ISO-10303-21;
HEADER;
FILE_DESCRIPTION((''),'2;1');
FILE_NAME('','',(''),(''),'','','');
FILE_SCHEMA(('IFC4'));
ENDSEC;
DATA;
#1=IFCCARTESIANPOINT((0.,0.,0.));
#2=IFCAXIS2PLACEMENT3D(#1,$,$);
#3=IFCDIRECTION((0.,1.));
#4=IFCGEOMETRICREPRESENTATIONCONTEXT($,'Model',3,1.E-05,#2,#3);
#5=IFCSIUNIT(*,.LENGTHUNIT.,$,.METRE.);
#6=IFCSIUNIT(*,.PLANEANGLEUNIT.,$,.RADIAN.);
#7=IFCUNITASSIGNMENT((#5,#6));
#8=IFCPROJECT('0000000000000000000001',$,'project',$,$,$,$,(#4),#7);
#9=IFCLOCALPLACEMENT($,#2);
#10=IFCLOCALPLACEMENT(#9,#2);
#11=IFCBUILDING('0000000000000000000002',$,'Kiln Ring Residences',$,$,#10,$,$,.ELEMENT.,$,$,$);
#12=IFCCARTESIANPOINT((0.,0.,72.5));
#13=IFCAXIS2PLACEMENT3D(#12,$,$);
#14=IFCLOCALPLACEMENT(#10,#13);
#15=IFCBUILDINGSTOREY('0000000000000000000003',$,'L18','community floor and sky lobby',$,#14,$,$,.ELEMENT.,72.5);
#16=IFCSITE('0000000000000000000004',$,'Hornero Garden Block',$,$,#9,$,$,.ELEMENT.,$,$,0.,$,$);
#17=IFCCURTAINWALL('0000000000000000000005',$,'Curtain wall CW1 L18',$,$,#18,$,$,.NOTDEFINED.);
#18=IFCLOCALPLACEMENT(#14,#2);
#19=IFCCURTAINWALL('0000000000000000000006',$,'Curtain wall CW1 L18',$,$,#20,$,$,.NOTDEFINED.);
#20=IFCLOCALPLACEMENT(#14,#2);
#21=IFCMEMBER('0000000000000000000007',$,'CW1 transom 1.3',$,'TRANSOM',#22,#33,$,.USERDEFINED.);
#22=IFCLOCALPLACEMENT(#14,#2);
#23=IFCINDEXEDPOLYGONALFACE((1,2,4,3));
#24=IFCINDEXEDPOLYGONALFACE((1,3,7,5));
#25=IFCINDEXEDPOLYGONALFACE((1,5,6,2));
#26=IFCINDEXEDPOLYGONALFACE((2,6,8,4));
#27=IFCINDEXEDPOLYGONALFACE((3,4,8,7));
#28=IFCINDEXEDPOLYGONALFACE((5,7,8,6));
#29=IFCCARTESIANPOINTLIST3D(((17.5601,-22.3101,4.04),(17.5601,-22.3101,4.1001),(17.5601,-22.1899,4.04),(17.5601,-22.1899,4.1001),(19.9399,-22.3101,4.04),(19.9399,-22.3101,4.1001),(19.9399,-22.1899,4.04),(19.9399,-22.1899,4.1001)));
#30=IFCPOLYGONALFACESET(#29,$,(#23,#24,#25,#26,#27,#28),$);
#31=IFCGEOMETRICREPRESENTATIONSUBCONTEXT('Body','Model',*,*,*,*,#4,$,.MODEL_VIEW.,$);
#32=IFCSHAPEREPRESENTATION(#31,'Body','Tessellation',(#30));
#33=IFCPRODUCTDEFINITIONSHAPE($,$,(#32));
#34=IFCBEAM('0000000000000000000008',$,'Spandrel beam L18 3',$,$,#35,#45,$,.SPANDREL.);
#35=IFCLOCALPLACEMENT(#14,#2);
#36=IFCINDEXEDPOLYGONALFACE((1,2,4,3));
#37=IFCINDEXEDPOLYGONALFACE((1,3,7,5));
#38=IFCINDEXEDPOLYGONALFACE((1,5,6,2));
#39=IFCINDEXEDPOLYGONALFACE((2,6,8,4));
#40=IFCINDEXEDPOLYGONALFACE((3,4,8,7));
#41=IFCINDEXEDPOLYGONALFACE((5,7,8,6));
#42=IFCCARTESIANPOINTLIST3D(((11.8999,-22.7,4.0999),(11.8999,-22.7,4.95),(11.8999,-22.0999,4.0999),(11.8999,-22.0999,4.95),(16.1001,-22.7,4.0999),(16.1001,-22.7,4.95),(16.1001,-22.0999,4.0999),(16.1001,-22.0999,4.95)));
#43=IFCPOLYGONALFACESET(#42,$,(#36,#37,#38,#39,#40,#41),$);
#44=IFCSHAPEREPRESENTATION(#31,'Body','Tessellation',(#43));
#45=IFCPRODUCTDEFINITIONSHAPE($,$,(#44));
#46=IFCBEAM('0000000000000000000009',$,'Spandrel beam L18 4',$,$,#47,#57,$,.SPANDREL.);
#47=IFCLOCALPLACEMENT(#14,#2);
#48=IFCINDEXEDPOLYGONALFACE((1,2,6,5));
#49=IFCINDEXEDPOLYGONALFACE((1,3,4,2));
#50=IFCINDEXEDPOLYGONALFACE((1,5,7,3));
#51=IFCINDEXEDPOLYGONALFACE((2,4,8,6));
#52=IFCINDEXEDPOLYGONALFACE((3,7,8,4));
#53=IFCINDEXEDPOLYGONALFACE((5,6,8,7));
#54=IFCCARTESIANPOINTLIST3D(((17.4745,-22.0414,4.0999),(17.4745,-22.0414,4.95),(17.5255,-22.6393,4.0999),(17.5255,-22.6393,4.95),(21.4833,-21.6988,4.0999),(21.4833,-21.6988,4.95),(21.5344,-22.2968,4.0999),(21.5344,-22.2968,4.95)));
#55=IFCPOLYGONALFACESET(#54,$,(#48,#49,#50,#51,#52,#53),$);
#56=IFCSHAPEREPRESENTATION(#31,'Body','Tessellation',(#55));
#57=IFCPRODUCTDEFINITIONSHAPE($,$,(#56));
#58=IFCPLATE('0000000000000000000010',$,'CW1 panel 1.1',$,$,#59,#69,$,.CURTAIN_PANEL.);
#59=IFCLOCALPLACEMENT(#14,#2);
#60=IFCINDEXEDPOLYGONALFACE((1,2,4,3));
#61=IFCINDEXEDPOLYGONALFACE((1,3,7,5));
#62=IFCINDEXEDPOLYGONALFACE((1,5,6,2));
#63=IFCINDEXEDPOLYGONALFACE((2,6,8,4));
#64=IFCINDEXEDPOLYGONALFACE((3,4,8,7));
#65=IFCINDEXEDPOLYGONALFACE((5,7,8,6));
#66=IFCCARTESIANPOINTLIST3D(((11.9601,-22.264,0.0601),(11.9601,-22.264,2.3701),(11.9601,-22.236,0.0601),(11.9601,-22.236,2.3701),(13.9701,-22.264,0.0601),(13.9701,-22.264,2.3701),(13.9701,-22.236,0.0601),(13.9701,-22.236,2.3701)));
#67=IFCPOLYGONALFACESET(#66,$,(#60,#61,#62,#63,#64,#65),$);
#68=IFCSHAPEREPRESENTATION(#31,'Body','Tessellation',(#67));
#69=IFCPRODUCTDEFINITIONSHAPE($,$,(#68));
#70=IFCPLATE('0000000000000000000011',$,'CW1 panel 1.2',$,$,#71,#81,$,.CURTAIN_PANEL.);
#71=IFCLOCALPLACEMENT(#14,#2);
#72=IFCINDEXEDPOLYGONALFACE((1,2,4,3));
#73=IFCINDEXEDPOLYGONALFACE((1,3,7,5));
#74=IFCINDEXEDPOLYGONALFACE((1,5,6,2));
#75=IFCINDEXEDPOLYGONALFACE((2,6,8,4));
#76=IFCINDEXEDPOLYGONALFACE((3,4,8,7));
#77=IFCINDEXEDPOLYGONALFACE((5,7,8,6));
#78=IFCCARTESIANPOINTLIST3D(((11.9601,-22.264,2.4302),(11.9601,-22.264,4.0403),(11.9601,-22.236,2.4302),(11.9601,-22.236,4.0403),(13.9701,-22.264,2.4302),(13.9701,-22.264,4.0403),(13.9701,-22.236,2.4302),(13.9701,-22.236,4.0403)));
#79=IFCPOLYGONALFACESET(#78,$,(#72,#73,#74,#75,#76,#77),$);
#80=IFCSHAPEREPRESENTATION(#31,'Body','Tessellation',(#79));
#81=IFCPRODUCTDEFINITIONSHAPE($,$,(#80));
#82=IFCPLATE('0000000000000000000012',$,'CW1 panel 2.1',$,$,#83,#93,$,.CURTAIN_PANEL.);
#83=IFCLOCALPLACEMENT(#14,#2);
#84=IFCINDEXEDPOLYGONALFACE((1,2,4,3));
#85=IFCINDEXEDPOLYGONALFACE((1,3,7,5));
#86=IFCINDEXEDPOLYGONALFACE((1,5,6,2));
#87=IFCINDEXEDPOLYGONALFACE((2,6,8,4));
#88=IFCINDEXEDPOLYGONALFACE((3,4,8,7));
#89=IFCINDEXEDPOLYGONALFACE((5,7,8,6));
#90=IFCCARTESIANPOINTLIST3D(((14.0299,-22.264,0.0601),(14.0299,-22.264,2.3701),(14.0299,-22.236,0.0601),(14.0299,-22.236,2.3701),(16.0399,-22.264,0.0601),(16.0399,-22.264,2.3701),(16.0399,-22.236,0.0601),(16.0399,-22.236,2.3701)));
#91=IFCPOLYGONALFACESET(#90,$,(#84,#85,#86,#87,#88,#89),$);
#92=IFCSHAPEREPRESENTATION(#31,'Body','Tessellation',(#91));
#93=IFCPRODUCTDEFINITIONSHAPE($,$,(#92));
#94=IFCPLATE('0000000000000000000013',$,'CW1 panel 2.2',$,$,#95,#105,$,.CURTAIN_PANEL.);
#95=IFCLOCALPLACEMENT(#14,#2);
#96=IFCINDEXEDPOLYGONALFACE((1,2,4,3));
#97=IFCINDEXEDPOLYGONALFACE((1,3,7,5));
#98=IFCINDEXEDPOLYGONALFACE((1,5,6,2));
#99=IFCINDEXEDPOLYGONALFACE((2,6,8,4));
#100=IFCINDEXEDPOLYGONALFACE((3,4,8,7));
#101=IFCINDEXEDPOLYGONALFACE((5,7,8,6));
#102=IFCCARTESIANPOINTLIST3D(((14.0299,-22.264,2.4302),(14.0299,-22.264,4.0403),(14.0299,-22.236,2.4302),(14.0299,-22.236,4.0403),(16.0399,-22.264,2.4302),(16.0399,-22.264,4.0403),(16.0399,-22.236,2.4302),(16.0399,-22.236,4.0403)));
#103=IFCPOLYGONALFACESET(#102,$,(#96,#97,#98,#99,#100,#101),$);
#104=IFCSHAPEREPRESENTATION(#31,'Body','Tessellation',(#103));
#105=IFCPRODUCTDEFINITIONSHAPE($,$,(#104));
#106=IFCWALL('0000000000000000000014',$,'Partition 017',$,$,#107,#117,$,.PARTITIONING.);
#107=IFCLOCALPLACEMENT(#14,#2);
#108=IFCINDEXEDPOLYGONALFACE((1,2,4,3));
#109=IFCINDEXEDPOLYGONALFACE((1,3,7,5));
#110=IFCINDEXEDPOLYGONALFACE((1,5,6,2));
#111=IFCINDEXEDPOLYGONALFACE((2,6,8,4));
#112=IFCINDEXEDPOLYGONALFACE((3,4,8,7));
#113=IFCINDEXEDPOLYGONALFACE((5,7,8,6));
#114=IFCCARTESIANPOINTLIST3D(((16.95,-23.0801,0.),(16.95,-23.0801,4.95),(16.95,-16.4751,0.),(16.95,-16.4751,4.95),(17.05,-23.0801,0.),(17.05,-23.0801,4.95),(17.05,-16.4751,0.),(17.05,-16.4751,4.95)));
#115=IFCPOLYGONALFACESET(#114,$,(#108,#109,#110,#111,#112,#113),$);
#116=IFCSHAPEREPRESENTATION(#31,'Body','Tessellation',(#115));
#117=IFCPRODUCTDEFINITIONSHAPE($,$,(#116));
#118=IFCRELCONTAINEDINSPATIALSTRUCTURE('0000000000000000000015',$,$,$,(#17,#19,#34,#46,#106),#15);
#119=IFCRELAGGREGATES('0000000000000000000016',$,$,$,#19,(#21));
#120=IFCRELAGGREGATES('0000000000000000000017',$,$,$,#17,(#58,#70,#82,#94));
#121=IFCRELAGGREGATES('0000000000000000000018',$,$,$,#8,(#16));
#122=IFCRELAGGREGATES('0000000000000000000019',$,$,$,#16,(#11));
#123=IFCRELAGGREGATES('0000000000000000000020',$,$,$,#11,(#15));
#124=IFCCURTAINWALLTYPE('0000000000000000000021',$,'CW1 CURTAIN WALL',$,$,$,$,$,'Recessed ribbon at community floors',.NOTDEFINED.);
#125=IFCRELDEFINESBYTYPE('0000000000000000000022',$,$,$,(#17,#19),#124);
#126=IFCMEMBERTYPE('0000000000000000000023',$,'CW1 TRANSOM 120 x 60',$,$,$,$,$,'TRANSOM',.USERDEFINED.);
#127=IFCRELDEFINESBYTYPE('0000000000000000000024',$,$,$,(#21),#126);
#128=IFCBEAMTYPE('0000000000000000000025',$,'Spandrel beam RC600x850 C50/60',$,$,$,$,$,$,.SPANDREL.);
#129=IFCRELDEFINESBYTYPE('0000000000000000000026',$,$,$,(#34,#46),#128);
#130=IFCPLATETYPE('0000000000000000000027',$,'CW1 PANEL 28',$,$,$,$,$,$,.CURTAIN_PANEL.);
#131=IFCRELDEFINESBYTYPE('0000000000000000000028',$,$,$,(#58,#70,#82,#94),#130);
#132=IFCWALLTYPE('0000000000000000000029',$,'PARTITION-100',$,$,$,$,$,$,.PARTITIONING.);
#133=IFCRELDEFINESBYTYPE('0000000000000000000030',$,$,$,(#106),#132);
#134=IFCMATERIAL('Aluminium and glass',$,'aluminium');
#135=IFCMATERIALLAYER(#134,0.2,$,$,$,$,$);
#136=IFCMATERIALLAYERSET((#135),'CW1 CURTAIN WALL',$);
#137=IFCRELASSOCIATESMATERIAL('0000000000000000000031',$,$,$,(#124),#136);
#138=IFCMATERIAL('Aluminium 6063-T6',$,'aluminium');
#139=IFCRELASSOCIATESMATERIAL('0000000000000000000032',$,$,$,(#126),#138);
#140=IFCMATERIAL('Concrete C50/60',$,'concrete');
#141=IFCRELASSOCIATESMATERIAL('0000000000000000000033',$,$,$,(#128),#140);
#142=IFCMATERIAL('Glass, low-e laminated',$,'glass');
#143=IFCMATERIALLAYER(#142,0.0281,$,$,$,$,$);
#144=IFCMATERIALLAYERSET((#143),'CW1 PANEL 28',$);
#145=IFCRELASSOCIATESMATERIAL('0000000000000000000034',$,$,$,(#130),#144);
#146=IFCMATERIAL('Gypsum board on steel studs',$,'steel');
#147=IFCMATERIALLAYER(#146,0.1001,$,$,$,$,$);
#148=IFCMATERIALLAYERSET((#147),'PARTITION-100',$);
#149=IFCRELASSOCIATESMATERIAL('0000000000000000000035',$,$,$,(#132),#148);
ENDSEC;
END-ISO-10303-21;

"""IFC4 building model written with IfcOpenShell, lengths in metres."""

from ifc_helpers import new_model, si_unit, direction, frame, frame_2d, origin, origin_2d, place, context, subcontext, project, spatial, rectangle, extrude, material, layer, layer_set, material_profile, profile_set, type_object, element, aggregate, save


model = new_model("IFC4")

# Units and contexts
model_context = context("Model", 3, precision=1e-05, world=origin(), true_north=direction((0.0, 1.0)))
body_context = subcontext(model_context, "Body", "Model", "MODEL_VIEW")
ifc_project = project(units=[si_unit("LENGTHUNIT", "METRE"), si_unit("PLANEANGLEUNIT", "RADIAN")], contexts=[model_context])

# Site, building, storey
site_placement = place(None, origin())
site = spatial("IfcSite", under=ifc_project, at=site_placement, Name="Hornero Garden Block", CompositionType="ELEMENT", RefElevation=0.0)
building_placement = place(site_placement, origin())
building = spatial("IfcBuilding", under=site, at=building_placement, Name="Kiln Ring Residences", CompositionType="ELEMENT")
storey_placement = place(building_placement, frame((0.0, 0.0, 72.5)))
storey = spatial("IfcBuildingStorey", under=building, at=storey_placement, Name="L18", Description="community floor and sky lobby", CompositionType="ELEMENT", Elevation=72.5)

# Curtain wall
ifc_material_1 = material(Name="Aluminium and glass", Category="aluminium")
ifc_layer_1 = layer(ifc_material_1, 0.2)
ifc_layer_set_1 = layer_set([ifc_layer_1], Name="CW1 CURTAIN WALL")
curtain_wall_type = type_object("IfcCurtainWallType", Name="CW1 CURTAIN WALL", ElementType="Recessed ribbon at community floors", PredefinedType="NOTDEFINED", material=ifc_layer_set_1)
placement = place(storey_placement, origin())
curtain_wall_1 = element("IfcCurtainWall", 1, at=placement, inside=storey, type_object=curtain_wall_type, Name="Curtain wall CW1 L18", PredefinedType="NOTDEFINED")

# Curtain wall
curtain_wall_2 = element("IfcCurtainWall", 2, at=placement, inside=storey, type_object=curtain_wall_type, Name="Curtain wall CW1 L18", PredefinedType="NOTDEFINED")

# Member
ifc_material_2 = material(Name="Aluminium 6063-T6", Category="aluminium")
ifc_material_profile_1 = material_profile(ifc_material_2, rectangle(XDim=0.1201, YDim=0.0601, at=origin_2d()), Name="AL 120x60")
ifc_profile_set_1 = profile_set([ifc_material_profile_1], Name="Aluminium 6063-T6")
member_type_1 = type_object("IfcMemberType", Name="CW1 TRANSOM 120 x 60", ElementType="TRANSOM", PredefinedType="USERDEFINED", material=ifc_profile_set_1)
member_1_placement = place(storey_placement, frame((17.5601, -22.25, 4.0701), z_axis=(1.0, 0.0, 0.0), x_axis=(0.0, 1.0, 0.0)))
member_1 = element("IfcMember", 3, at=member_1_placement, type_object=member_type_1, Name="CW1 transom 1.3", ObjectType="TRANSOM", PredefinedType="USERDEFINED", context=body_context, shape_type="SweptSolid", body=[
    extrude(rectangle(XDim=0.1201, YDim=0.0601, at=origin_2d()), origin(), (0.0, 0.0, 1.0), 2.3799),
])
aggregate(curtain_wall_2, [member_1])

# Beams
ifc_material_3 = material(Name="Concrete C50/60", Category="concrete")
ifc_material_profile_2 = material_profile(ifc_material_3, rectangle(XDim=0.6001, YDim=0.8501, at=origin_2d()), Name="RC600x850")
ifc_profile_set_2 = profile_set([ifc_material_profile_2], Name="Concrete C50/60")
beam_type = type_object("IfcBeamType", Name="Spandrel beam RC600x850 C50/60", PredefinedType="SPANDREL", material=ifc_profile_set_2)
beam_1_placement = place(storey_placement, frame((11.8999, -22.3999, 4.5249), z_axis=(1.0, 0.0, 0.0), x_axis=(0.0, 1.0, 0.0)))
element("IfcBeam", 4, at=beam_1_placement, inside=storey, type_object=beam_type, Name="Spandrel beam L18 3", PredefinedType="SPANDREL", context=body_context, shape_type="SweptSolid", body=[
    extrude(rectangle(XDim=0.6001, YDim=0.8501, at=origin_2d()), origin(), (0.0, 0.0, 1.0), 4.2002),
])
beam_2_placement = place(storey_placement, frame((17.5, -22.3403, 4.5249), z_axis=(0.996369, 0.085134, 0.0), x_axis=(-0.085134, 0.996369, 0.0)))
element("IfcBeam", 5, at=beam_2_placement, inside=storey, type_object=beam_type, Name="Spandrel beam L18 4", PredefinedType="SPANDREL", context=body_context, shape_type="SweptSolid", body=[
    extrude(rectangle(XDim=0.6001, YDim=0.8501, at=origin_2d()), origin(), (0.0, 0.0, 1.0), 4.0234),
])

# Plates
ifc_material_4 = material(Name="Glass, low-e laminated", Category="glass")
ifc_layer_2 = layer(ifc_material_4, 0.0281)
ifc_layer_set_2 = layer_set([ifc_layer_2], Name="CW1 PANEL 28")
plate_type = type_object("IfcPlateType", Name="CW1 PANEL 28", PredefinedType="CURTAIN_PANEL", material=ifc_layer_set_2)
plate_1_placement = place(storey_placement, frame((12.9651, -22.25, 0.0601), z_axis=(0.0, 0.0, 1.0), x_axis=(1.0, 0.0, 0.0)))
plate_1 = element("IfcPlate", 6, at=plate_1_placement, type_object=plate_type, Name="CW1 panel 1.1", PredefinedType="CURTAIN_PANEL", context=body_context, shape_type="SweptSolid", body=[
    extrude(rectangle(XDim=2.01, YDim=0.0281, at=origin_2d()), origin(), (0.0, 0.0, 1.0), 2.3101),
])
plate_2_placement = place(storey_placement, frame((12.9651, -22.25, 2.4302), z_axis=(0.0, 0.0, 1.0), x_axis=(1.0, 0.0, 0.0)))
plate_2 = element("IfcPlate", 7, at=plate_2_placement, type_object=plate_type, Name="CW1 panel 1.2", PredefinedType="CURTAIN_PANEL", context=body_context, shape_type="SweptSolid", body=[
    extrude(rectangle(XDim=2.01, YDim=0.0281, at=origin_2d()), origin(), (0.0, 0.0, 1.0), 1.6101),
])
plate_3_placement = place(storey_placement, frame((15.0349, -22.25, 0.0601), z_axis=(0.0, 0.0, 1.0), x_axis=(1.0, 0.0, 0.0)))
plate_3 = element("IfcPlate", 8, at=plate_3_placement, type_object=plate_type, Name="CW1 panel 2.1", PredefinedType="CURTAIN_PANEL", context=body_context, shape_type="SweptSolid", body=[
    extrude(rectangle(XDim=2.01, YDim=0.0281, at=origin_2d()), origin(), (0.0, 0.0, 1.0), 2.3101),
])
plate_4_placement = place(storey_placement, frame((15.0349, -22.25, 2.4302), z_axis=(0.0, 0.0, 1.0), x_axis=(1.0, 0.0, 0.0)))
plate_4 = element("IfcPlate", 9, at=plate_4_placement, type_object=plate_type, Name="CW1 panel 2.2", PredefinedType="CURTAIN_PANEL", context=body_context, shape_type="SweptSolid", body=[
    extrude(rectangle(XDim=2.01, YDim=0.0281, at=origin_2d()), origin(), (0.0, 0.0, 1.0), 1.6101),
])
aggregate(curtain_wall_1, [plate_1, plate_2, plate_3, plate_4])

# Wall
ifc_material_5 = material(Name="Gypsum board on steel studs", Category="steel")
ifc_layer_3 = layer(ifc_material_5, 0.1001)
ifc_layer_set_3 = layer_set([ifc_layer_3], Name="PARTITION-100")
wall_type = type_object("IfcWallType", Name="PARTITION-100", PredefinedType="PARTITIONING", material=ifc_layer_set_3)
wall_placement = place(storey_placement, frame((17.0, -23.0801, 0.0), z_axis=(0.0, 0.0, 1.0), x_axis=(0.0, 1.0, 0.0)))
element("IfcWall", 10, at=wall_placement, inside=storey, type_object=wall_type, Name="Partition 017", PredefinedType="PARTITIONING", context=body_context, shape_type="SweptSolid", body=[
    extrude(rectangle(XDim=6.605, YDim=0.1001, at=frame_2d((3.3025, 0.0))), origin(), (0.0, 0.0, 1.0), 4.95),
])

save(model, "model.ifc")
